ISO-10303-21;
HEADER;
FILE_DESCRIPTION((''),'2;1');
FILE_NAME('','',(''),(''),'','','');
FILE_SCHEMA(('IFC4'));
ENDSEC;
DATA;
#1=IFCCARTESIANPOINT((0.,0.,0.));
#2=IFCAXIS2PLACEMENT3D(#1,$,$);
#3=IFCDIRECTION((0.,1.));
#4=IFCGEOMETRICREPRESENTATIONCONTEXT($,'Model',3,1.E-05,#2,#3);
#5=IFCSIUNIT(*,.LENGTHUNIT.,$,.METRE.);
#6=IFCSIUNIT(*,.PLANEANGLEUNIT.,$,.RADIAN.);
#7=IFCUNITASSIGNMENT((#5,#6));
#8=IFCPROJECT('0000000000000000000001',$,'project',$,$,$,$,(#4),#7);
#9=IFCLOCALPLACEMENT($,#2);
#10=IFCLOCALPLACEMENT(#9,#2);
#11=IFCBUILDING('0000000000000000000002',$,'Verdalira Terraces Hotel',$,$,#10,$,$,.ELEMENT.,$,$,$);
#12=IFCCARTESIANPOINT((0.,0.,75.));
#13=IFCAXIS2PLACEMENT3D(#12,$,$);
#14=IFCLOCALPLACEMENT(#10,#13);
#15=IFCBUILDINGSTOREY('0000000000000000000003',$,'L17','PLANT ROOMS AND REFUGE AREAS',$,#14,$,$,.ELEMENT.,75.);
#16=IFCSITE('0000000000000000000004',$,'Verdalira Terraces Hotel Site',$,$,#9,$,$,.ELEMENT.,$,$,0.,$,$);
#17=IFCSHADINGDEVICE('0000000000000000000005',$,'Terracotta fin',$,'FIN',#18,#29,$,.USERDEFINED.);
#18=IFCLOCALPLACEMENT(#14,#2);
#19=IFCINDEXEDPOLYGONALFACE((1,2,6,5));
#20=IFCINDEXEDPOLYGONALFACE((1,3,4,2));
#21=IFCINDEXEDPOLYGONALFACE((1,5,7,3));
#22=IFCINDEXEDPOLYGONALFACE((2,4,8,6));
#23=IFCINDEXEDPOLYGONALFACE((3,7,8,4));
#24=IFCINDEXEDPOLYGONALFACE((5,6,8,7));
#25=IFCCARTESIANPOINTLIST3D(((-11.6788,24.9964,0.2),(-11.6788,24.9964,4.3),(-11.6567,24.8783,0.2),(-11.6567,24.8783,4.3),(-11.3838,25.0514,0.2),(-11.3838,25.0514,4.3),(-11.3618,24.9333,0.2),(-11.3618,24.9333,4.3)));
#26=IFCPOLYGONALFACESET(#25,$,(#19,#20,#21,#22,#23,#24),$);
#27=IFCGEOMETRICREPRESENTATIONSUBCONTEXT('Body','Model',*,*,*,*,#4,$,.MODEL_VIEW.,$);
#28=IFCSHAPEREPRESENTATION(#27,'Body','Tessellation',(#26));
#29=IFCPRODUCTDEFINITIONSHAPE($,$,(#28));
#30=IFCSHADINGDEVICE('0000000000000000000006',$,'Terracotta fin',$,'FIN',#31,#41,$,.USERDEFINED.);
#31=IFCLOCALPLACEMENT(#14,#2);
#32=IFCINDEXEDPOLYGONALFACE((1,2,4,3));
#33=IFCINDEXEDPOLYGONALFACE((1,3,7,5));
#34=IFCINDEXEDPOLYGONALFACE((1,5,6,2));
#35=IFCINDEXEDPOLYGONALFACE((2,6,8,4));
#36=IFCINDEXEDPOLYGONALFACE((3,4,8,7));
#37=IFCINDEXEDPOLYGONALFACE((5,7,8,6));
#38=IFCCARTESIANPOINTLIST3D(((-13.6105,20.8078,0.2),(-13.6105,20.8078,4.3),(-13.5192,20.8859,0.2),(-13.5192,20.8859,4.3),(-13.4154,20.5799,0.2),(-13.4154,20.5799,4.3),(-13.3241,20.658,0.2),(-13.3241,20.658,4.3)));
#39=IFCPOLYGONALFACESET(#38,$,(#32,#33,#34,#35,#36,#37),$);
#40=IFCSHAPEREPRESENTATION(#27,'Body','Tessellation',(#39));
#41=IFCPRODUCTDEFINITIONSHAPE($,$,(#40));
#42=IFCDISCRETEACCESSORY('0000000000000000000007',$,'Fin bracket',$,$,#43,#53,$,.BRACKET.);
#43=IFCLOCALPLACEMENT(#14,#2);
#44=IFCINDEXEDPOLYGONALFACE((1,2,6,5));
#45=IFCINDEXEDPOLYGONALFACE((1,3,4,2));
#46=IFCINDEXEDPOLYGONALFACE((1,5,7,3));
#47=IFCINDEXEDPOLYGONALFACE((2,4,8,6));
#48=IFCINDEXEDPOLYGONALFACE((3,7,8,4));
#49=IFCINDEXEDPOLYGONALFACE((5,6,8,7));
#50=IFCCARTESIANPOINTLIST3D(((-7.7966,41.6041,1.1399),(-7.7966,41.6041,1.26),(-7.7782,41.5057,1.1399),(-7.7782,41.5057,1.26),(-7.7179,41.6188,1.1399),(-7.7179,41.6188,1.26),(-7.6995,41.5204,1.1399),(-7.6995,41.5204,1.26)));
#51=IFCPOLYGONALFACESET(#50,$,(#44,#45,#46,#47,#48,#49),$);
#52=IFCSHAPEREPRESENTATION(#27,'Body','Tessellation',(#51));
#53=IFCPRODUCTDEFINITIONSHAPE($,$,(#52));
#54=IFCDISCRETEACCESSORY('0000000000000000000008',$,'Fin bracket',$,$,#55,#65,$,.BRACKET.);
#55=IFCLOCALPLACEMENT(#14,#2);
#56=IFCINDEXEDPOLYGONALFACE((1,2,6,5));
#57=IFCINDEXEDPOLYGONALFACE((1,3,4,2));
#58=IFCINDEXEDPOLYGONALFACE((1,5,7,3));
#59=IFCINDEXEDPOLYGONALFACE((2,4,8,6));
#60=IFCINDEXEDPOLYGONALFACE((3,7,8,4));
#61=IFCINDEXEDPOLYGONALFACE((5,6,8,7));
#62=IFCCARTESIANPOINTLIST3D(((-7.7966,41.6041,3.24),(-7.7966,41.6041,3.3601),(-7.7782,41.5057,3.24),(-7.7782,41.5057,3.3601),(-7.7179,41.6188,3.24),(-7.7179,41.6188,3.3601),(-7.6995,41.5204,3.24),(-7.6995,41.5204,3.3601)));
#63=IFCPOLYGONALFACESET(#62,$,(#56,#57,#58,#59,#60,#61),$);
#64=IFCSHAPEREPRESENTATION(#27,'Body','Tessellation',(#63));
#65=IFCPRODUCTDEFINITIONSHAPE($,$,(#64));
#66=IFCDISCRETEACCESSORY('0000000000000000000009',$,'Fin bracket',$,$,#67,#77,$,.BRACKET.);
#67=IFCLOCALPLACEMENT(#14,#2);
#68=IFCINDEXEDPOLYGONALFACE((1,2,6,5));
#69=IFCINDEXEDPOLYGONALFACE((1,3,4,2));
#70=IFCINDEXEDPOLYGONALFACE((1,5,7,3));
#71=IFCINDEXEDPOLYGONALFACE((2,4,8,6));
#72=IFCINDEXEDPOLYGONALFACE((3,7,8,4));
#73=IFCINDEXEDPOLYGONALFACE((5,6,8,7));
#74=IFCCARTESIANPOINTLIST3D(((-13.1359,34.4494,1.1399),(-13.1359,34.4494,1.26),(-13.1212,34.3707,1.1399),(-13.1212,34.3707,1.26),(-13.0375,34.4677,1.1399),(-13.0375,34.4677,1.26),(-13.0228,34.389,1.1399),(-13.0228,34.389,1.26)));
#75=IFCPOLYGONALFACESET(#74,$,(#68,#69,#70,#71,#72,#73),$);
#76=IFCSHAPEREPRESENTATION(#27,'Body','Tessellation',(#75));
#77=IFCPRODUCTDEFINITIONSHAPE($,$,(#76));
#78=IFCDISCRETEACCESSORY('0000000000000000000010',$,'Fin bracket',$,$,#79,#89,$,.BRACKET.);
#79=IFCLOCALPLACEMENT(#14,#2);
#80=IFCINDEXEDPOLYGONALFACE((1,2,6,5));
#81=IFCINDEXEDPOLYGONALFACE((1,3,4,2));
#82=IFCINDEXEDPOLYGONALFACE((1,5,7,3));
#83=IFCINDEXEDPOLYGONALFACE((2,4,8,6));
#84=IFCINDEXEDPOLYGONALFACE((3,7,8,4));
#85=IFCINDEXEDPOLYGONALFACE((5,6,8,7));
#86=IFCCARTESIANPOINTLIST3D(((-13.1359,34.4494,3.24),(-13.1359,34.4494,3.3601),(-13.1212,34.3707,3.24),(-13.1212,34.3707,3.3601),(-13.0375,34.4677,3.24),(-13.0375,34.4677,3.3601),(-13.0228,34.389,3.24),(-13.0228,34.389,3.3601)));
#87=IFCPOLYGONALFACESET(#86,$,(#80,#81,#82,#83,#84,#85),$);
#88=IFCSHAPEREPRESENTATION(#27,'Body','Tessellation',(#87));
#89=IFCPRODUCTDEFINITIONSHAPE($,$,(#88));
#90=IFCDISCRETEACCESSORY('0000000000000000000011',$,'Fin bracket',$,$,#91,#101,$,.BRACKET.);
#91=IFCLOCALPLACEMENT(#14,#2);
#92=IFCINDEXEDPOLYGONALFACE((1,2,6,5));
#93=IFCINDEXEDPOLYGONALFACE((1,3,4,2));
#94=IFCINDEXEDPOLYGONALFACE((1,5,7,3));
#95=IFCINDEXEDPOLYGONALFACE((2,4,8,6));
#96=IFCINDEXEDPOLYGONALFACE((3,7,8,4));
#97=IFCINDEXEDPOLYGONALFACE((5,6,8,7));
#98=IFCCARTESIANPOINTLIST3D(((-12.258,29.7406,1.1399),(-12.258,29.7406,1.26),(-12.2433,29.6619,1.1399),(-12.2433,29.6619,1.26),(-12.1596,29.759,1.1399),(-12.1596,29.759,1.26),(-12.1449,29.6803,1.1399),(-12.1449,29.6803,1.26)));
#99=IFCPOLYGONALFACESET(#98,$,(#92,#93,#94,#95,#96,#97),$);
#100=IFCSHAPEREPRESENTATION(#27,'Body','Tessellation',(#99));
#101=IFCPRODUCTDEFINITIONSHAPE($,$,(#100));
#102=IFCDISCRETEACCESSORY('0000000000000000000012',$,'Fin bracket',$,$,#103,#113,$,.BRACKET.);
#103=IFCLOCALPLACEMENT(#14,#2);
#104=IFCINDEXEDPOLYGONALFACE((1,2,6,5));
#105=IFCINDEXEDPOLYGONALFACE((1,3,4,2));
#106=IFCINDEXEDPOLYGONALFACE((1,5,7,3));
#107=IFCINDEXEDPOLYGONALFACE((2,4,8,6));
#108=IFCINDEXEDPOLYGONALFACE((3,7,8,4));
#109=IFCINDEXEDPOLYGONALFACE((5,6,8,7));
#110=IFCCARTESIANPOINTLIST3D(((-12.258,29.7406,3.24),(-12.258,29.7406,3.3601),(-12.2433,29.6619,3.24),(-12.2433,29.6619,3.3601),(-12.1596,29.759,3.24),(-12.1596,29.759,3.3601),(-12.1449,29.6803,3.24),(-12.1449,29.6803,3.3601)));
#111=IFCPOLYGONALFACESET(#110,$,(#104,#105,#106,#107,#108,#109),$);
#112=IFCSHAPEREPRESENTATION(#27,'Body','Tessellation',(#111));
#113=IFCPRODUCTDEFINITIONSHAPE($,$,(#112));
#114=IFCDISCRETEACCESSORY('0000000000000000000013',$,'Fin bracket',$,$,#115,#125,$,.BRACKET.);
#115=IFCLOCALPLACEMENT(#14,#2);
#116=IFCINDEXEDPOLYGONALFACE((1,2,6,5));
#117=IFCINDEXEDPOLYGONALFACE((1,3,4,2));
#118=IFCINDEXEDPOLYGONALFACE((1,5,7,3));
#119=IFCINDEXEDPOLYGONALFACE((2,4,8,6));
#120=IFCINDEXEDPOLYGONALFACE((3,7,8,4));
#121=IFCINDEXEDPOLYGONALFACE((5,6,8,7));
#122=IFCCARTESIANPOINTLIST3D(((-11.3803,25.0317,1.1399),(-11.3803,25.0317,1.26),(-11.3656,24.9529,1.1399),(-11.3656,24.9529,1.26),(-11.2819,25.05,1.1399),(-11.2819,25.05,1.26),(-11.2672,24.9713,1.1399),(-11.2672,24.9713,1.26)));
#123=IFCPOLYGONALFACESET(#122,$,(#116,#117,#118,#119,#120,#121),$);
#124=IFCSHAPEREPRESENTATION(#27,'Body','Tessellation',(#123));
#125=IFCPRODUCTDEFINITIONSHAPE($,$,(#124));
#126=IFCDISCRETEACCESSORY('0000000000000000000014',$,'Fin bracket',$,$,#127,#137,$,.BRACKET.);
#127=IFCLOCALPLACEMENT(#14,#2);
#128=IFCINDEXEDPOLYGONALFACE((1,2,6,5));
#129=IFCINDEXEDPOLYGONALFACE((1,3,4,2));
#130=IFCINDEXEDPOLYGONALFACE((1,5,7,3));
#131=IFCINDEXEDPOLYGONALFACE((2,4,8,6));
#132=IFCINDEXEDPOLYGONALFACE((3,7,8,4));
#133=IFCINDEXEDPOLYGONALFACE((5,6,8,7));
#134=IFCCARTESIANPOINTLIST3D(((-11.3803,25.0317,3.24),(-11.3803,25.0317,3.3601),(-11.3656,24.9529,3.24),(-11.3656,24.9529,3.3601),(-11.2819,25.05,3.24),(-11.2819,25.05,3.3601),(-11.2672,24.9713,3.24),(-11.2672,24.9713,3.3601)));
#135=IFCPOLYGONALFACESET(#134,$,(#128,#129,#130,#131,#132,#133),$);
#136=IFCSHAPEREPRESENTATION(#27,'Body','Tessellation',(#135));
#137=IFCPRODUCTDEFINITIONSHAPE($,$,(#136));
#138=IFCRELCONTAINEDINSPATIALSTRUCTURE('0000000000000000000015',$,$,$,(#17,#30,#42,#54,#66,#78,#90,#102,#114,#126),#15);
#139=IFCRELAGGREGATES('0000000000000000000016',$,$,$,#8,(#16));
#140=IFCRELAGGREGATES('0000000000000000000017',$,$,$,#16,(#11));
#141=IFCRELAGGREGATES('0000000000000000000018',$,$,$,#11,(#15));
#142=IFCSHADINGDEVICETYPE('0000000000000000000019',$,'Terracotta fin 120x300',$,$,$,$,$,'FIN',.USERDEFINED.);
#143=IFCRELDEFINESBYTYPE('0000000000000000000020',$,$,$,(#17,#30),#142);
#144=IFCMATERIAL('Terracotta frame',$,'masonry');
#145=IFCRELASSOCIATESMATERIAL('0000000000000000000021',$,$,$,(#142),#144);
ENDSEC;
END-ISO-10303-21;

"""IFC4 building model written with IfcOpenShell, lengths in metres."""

from ifc_helpers import new_model, si_unit, direction, frame, origin, origin_2d, place, context, subcontext, project, spatial, rectangle, extrude, material, material_profile, profile_set, type_object, element, save


model = new_model("IFC4")

# Units and contexts
model_context = context("Model", 3, precision=1e-05, world=origin(), true_north=direction((0.0, 1.0)))
body_context = subcontext(model_context, "Body", "Model", "MODEL_VIEW")
ifc_project = project(units=[si_unit("LENGTHUNIT", "METRE"), si_unit("PLANEANGLEUNIT", "RADIAN")], contexts=[model_context])

# Site, building, storey
site_placement = place(None, origin())
site = spatial("IfcSite", under=ifc_project, at=site_placement, Name="Verdalira Terraces Hotel Site", CompositionType="ELEMENT", RefElevation=0.0)
building_placement = place(site_placement, origin())
building = spatial("IfcBuilding", under=site, at=building_placement, Name="Verdalira Terraces Hotel", CompositionType="ELEMENT")
storey_placement = place(building_placement, frame((0.0, 0.0, 75.0)))
storey = spatial("IfcBuildingStorey", under=building, at=storey_placement, Name="L17", Description="PLANT ROOMS AND REFUGE AREAS", CompositionType="ELEMENT", Elevation=75.0)

# Shading devices
ifc_material_1 = material(Name="Terracotta frame", Category="masonry")
ifc_material_profile_1 = material_profile(ifc_material_1, rectangle(XDim=0.1201, YDim=0.3, at=origin_2d()), Name="FIN 120x300")
ifc_profile_set_1 = profile_set([ifc_material_profile_1], Name="Terracotta frame")
shading_device_type = type_object("IfcShadingDeviceType", Name="Terracotta fin 120x300", ElementType="FIN", PredefinedType="USERDEFINED", material=ifc_profile_set_1)
for number, where, z_axis, x_axis, name in (
    (1, (-11.5203, 24.9648, 0.2), (0.0, 0.0, 1.0), (0.183265, -0.983064, 0.0), "Terracotta fin"),
    (2, (-13.4673, 20.7329, 0.2), (0.0, 0.0, 1.0), (-0.759725, -0.650244, 0.0), "Terracotta fin"),
):
    element("IfcShadingDevice", number, at=place(storey_placement, frame(where, z_axis=z_axis, x_axis=x_axis)), inside=storey, type_object=shading_device_type, Name=name, ObjectType="FIN", PredefinedType="USERDEFINED", context=body_context, shape_type="SweptSolid", body=[
        extrude(rectangle(XDim=0.1201, YDim=0.3, at=origin_2d()), origin(), (0.0, 0.0, 1.0), 4.1001),
    ])

# Discrete accessories
for number, where, z_axis, x_axis, name in (
    (3, (-7.748, 41.5623, 1.1399), (0.0, 0.0, 1.0), (-0.983064, -0.183265, 0.0), "Fin bracket"),
    (4, (-7.748, 41.5623, 3.24), (0.0, 0.0, 1.0), (-0.983064, -0.183265, 0.0), "Fin bracket"),
    (5, (-13.0793, 34.4192, 1.1399), (0.0, 0.0, 1.0), (0.183265, -0.983064, 0.0), "Fin bracket"),
    (6, (-13.0793, 34.4192, 3.24), (0.0, 0.0, 1.0), (0.183265, -0.983064, 0.0), "Fin bracket"),
    (7, (-12.2014, 29.7104, 1.1399), (0.0, 0.0, 1.0), (0.183265, -0.983064, 0.0), "Fin bracket"),
    (8, (-12.2014, 29.7104, 3.24), (0.0, 0.0, 1.0), (0.183265, -0.983064, 0.0), "Fin bracket"),
    (9, (-11.3237, 25.0015, 1.1399), (0.0, 0.0, 1.0), (0.183265, -0.983064, 0.0), "Fin bracket"),
    (10, (-11.3237, 25.0015, 3.24), (0.0, 0.0, 1.0), (0.183265, -0.983064, 0.0), "Fin bracket"),
):
    element("IfcDiscreteAccessory", number, at=place(storey_placement, frame(where, z_axis=z_axis, x_axis=x_axis)), inside=storey, Name=name, PredefinedType="BRACKET", context=body_context, shape_type="SweptSolid", body=[
        extrude(rectangle(XDim=0.0801, YDim=0.1001, at=origin_2d()), origin(), (0.0, 0.0, 1.0), 0.1201),
    ])

save(model, "model.ifc")
